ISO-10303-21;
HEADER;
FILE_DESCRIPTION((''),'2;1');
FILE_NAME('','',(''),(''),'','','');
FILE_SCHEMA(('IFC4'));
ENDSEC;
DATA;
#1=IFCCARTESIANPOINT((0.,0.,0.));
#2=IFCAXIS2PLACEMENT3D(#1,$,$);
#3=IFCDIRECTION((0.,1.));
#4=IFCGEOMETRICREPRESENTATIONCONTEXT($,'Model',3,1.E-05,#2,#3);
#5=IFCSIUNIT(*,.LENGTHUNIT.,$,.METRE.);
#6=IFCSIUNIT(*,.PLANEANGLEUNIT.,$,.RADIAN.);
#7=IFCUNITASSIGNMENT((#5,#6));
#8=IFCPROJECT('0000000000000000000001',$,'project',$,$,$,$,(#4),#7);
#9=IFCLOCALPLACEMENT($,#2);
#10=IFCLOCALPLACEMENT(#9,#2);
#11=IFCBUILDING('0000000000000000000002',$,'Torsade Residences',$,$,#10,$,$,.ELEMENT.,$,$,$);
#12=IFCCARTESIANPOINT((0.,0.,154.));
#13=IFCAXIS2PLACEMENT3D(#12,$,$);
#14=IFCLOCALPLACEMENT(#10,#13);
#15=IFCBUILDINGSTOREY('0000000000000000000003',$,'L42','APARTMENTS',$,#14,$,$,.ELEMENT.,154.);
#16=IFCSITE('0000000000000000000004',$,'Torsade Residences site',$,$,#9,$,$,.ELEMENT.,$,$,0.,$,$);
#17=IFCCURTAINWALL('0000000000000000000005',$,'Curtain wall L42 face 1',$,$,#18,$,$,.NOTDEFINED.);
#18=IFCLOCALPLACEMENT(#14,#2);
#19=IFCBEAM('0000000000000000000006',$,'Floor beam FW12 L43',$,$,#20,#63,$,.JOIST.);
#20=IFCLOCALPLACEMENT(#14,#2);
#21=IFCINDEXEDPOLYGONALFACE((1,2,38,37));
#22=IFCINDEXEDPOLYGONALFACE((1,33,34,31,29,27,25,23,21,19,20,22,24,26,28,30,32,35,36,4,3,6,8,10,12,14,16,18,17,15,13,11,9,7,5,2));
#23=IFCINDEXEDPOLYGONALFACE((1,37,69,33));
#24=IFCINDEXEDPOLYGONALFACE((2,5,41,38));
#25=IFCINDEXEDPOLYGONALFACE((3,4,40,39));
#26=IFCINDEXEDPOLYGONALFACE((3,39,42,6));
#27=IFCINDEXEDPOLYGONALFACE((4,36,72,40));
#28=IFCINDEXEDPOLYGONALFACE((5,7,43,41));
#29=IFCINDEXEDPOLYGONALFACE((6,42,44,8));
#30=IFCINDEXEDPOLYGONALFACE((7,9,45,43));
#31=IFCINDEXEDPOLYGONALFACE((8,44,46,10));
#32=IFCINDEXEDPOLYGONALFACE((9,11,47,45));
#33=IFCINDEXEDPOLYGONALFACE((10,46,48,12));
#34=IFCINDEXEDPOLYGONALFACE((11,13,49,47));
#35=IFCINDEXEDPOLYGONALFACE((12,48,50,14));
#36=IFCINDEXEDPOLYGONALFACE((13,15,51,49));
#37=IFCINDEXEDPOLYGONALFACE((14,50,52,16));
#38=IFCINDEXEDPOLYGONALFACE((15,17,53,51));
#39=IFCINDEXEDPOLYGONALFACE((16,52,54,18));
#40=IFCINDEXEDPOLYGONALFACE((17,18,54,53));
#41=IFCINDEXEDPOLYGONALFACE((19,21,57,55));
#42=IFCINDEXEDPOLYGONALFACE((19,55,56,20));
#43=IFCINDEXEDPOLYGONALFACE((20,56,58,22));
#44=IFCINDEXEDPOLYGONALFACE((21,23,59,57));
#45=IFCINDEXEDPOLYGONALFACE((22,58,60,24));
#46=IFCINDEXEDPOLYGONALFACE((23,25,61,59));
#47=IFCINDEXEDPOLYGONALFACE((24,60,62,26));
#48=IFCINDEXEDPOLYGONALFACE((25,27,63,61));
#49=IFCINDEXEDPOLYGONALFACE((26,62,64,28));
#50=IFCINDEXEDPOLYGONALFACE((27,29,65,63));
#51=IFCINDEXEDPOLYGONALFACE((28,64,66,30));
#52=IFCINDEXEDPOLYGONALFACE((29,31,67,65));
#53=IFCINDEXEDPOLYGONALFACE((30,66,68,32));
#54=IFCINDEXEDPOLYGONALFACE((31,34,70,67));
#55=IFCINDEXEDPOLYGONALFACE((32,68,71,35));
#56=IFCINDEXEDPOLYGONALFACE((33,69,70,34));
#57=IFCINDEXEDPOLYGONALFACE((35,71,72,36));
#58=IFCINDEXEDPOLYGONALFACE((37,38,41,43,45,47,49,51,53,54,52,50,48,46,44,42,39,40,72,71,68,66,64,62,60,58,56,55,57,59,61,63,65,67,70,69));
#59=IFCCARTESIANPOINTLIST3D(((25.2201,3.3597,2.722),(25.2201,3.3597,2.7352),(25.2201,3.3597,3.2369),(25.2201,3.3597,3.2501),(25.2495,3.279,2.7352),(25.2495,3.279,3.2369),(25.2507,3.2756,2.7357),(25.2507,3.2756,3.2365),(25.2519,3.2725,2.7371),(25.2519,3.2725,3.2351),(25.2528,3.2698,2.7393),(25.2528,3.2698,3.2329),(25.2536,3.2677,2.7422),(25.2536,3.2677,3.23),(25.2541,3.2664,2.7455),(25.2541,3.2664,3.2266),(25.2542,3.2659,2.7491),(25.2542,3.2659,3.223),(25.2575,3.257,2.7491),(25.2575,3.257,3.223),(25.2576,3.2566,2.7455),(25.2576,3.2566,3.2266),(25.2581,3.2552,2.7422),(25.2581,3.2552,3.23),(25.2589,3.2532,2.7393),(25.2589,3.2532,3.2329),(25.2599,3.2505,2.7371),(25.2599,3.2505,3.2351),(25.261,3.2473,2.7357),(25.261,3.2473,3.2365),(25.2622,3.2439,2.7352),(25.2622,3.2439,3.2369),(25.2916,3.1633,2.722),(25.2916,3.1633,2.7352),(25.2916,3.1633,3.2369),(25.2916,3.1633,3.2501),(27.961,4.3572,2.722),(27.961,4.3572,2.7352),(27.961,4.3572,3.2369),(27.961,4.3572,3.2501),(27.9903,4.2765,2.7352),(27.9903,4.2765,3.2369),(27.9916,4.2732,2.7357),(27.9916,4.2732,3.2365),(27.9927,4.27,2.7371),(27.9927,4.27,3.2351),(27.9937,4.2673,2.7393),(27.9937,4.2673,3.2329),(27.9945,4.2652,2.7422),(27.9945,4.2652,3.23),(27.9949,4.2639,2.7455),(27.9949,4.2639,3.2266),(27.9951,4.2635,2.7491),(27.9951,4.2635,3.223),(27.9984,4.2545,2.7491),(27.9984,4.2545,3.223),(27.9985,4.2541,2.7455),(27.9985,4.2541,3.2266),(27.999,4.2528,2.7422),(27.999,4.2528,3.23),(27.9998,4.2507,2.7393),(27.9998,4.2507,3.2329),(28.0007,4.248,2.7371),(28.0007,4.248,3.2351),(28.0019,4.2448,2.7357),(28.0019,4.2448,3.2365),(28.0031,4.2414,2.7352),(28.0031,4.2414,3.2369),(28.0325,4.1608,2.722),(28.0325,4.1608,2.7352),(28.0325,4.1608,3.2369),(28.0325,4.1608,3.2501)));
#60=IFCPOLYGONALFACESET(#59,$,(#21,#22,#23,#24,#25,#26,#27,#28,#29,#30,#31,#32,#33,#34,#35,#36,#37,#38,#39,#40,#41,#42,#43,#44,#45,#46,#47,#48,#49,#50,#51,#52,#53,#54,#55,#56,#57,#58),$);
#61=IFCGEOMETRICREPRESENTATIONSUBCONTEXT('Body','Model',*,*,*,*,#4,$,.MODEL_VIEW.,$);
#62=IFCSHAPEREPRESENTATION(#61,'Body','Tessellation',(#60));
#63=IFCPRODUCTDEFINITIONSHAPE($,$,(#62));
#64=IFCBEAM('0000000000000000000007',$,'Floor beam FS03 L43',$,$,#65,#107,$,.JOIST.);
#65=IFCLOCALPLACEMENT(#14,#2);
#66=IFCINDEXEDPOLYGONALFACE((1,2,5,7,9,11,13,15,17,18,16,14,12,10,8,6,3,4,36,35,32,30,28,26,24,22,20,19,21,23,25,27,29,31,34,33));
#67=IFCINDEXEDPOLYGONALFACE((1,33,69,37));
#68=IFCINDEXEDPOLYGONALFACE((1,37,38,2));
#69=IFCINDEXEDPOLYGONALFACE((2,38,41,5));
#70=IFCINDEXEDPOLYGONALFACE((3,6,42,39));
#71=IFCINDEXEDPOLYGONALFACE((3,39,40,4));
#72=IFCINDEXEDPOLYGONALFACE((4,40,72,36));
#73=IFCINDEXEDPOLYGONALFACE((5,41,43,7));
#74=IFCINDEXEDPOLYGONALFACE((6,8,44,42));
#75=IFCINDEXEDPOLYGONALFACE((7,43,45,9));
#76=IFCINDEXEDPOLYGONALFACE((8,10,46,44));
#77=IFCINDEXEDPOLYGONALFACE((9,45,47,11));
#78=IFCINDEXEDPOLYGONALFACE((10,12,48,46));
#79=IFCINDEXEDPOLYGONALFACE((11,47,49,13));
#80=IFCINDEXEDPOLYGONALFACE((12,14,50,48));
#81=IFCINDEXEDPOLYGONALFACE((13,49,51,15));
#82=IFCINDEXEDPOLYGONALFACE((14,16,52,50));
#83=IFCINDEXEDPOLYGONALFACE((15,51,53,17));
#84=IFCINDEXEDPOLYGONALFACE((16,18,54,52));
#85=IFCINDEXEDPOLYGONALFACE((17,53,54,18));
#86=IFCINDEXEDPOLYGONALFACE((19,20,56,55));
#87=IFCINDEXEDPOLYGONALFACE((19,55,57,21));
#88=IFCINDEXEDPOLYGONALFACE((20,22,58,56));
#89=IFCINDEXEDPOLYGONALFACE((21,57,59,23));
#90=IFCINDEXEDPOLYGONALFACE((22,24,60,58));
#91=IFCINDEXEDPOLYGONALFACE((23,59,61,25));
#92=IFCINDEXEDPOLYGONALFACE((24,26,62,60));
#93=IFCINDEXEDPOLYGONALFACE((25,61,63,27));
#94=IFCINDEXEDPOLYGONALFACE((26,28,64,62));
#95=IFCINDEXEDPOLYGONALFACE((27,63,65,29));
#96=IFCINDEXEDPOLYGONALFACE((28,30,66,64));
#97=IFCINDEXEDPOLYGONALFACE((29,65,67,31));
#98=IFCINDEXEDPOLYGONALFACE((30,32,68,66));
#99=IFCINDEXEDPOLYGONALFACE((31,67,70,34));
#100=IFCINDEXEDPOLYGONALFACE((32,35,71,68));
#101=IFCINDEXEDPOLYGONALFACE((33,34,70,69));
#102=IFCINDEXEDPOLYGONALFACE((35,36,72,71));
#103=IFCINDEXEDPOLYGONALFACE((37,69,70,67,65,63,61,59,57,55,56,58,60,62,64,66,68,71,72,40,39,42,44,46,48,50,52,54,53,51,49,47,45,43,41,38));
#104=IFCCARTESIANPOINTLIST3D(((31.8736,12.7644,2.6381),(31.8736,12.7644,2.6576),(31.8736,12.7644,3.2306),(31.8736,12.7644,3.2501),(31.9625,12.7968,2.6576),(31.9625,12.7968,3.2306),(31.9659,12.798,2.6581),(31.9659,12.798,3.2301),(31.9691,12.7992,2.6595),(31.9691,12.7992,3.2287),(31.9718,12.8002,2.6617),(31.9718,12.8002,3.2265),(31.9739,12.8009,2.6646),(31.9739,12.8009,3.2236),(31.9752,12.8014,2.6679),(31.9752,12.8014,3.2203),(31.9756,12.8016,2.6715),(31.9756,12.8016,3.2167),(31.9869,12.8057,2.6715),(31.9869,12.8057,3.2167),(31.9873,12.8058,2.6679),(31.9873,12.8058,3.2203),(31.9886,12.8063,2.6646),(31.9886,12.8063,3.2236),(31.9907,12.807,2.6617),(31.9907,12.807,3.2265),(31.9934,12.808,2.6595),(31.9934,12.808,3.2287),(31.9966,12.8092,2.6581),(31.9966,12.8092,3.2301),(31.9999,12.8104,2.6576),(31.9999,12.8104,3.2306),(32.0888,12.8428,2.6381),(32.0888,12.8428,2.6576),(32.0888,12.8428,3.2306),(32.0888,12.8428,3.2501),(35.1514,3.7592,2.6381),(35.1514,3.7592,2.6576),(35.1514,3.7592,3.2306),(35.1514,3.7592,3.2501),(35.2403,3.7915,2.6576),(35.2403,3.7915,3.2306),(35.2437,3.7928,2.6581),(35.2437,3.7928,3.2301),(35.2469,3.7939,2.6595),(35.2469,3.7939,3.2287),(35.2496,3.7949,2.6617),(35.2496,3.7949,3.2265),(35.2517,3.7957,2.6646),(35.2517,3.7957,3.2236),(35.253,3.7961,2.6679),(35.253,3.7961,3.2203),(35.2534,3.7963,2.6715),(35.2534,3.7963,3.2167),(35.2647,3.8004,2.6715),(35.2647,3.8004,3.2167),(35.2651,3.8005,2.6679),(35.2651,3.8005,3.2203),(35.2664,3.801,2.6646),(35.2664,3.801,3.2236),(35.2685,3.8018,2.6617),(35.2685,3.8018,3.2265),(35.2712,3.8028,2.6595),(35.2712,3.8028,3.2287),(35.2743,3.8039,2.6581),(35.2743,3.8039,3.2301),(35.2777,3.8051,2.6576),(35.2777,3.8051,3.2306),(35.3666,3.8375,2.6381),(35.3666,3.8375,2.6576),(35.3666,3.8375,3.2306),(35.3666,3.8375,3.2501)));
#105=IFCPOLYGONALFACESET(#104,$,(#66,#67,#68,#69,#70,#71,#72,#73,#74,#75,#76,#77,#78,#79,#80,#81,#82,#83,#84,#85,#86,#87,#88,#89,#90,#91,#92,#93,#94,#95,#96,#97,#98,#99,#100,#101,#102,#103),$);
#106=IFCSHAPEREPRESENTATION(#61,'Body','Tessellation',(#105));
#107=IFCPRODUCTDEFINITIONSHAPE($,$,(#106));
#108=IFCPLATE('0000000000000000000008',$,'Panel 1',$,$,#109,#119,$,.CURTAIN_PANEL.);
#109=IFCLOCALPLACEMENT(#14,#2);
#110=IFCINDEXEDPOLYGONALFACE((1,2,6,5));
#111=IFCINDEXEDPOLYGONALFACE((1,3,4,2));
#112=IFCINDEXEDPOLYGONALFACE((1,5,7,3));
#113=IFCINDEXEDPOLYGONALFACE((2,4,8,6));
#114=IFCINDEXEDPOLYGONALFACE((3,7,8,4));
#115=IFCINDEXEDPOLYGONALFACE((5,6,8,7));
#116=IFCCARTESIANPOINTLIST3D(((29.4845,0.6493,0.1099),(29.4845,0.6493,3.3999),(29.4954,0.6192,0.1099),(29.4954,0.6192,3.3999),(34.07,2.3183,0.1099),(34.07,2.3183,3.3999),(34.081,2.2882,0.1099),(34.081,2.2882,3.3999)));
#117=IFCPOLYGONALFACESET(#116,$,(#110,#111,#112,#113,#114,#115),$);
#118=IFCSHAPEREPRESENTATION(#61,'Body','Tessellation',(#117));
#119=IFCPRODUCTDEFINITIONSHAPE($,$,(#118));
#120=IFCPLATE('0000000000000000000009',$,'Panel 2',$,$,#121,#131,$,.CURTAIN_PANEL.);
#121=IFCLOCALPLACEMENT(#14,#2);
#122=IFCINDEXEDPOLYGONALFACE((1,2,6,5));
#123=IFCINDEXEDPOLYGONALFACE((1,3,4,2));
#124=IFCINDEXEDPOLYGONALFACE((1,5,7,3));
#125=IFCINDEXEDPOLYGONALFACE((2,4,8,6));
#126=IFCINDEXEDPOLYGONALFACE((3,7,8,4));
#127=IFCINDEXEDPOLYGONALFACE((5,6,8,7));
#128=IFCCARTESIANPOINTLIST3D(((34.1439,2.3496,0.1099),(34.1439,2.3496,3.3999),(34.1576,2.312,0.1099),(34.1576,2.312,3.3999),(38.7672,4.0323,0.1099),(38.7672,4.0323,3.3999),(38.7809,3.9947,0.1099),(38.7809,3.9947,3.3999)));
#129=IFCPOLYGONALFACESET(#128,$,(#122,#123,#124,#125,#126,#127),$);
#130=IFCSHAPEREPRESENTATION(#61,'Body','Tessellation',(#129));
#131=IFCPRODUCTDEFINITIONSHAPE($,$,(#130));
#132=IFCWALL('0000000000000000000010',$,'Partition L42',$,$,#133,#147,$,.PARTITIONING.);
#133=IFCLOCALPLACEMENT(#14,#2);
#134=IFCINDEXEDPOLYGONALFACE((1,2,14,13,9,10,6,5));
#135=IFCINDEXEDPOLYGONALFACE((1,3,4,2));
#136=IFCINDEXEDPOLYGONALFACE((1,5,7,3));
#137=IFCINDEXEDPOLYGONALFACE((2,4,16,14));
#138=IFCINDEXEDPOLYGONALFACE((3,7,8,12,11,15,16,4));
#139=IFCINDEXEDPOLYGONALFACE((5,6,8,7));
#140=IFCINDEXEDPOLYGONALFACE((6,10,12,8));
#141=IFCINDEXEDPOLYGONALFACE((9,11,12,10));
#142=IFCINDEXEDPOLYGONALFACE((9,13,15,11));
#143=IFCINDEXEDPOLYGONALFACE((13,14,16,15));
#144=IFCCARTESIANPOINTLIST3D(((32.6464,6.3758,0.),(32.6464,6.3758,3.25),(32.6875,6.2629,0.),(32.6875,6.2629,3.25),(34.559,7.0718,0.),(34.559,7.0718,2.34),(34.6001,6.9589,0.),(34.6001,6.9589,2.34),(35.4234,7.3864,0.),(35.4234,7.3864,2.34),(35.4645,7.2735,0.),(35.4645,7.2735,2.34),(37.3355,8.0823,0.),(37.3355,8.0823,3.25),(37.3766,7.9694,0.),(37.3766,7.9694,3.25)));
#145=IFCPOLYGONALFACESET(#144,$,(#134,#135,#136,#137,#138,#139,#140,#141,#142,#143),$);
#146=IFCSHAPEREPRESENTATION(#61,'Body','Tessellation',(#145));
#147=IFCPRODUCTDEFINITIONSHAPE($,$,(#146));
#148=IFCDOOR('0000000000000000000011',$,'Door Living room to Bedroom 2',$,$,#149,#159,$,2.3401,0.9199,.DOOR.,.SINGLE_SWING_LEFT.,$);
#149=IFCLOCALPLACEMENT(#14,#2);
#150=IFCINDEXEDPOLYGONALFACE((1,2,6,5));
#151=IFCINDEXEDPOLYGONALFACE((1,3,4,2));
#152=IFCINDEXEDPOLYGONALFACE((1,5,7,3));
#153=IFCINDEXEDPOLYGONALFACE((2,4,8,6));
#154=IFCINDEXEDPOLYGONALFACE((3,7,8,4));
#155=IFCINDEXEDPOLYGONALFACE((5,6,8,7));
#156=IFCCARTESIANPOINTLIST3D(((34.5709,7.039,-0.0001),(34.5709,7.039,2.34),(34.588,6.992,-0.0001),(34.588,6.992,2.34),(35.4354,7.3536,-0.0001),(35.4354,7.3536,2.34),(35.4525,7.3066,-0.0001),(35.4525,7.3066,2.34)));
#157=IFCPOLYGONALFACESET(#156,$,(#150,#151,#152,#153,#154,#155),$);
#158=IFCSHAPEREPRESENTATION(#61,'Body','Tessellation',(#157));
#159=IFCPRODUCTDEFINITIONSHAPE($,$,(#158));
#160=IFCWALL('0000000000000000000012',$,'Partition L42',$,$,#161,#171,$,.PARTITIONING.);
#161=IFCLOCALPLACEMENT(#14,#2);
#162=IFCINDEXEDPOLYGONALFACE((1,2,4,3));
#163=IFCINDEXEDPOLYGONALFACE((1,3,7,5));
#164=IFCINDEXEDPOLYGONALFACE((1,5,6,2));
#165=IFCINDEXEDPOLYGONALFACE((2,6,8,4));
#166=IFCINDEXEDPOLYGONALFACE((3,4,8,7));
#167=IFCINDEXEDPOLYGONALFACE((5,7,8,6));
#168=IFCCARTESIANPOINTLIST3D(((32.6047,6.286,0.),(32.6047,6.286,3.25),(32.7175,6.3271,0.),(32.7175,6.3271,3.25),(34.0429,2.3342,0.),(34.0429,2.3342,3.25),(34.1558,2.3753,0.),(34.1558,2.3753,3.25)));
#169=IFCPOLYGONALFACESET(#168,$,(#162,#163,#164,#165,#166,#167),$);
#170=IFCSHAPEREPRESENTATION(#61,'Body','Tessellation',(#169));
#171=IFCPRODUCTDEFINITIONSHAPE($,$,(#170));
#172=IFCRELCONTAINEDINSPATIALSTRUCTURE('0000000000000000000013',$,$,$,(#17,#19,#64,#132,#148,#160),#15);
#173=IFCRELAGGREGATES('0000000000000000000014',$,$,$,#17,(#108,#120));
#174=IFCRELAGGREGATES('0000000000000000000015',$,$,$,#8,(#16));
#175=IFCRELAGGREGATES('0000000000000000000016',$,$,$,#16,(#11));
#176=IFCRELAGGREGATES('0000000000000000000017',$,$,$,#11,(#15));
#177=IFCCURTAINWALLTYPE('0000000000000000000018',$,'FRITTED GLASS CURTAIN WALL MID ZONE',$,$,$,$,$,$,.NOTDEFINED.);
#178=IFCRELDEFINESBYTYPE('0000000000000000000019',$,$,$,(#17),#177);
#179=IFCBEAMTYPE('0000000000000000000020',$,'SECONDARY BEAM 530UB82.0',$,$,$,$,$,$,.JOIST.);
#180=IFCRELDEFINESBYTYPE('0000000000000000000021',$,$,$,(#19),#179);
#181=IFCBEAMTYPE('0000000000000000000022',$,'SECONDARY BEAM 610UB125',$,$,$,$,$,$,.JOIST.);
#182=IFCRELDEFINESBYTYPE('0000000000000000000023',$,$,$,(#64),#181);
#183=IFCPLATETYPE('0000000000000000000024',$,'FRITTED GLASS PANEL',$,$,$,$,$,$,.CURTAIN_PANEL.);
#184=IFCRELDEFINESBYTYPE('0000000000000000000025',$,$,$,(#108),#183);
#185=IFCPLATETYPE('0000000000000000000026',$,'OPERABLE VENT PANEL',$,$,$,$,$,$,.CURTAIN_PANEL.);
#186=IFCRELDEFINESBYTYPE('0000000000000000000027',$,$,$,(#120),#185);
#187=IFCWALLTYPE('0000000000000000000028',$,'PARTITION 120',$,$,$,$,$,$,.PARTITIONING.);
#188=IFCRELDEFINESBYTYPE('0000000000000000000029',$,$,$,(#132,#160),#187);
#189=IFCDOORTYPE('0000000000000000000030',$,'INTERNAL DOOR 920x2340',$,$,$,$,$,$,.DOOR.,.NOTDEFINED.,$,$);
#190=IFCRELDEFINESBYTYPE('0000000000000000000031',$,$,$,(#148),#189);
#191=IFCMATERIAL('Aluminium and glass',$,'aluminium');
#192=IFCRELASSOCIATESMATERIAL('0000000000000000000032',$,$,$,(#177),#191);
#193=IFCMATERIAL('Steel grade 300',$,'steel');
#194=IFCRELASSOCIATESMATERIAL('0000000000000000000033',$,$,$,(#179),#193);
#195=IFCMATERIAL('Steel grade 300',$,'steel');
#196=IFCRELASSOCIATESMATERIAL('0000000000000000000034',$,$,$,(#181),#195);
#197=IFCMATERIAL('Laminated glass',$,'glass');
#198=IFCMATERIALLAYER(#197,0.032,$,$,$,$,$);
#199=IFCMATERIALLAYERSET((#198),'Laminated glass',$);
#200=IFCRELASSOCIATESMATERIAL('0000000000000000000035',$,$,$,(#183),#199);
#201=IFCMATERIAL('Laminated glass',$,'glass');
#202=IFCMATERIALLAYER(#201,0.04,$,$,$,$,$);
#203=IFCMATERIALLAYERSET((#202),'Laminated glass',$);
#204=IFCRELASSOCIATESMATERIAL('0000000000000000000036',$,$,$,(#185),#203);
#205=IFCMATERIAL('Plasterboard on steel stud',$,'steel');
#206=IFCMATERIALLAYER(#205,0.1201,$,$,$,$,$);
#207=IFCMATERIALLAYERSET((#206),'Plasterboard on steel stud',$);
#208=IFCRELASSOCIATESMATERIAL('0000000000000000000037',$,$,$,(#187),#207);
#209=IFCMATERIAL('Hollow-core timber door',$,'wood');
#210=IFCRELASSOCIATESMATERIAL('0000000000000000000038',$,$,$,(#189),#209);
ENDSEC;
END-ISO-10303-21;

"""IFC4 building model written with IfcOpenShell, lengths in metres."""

from ifc_helpers import new_model, si_unit, direction, frame, frame_2d, origin, origin_2d, place, context, subcontext, project, spatial, rectangle, i_section, extrude, material, layer, layer_set, material_profile, profile_set, type_object, element, fill, aggregate, save


model = new_model("IFC4")

# Units and contexts
model_context = context("Model", 3, precision=1e-05, world=origin(), true_north=direction((0.0, 1.0)))
body_context = subcontext(model_context, "Body", "Model", "MODEL_VIEW")
ifc_project = project(units=[si_unit("LENGTHUNIT", "METRE"), si_unit("PLANEANGLEUNIT", "RADIAN")], contexts=[model_context])

# Site, building, storey
site_placement = place(None, origin())
site = spatial("IfcSite", under=ifc_project, at=site_placement, Name="Torsade Residences site", CompositionType="ELEMENT", RefElevation=0.0)
building_placement = place(site_placement, origin())
building = spatial("IfcBuilding", under=site, at=building_placement, Name="Torsade Residences", CompositionType="ELEMENT")
storey_placement = place(building_placement, frame((0.0, 0.0, 154.0)))
storey = spatial("IfcBuildingStorey", under=building, at=storey_placement, Name="L42", Description="APARTMENTS", CompositionType="ELEMENT", Elevation=154.0)

# Curtain wall
ifc_material_1 = material(Name="Aluminium and glass", Category="aluminium")
curtain_wall_type = type_object("IfcCurtainWallType", Name="FRITTED GLASS CURTAIN WALL MID ZONE", PredefinedType="NOTDEFINED", material=ifc_material_1)
curtain_wall_placement = place(storey_placement, origin())
curtain_wall = element("IfcCurtainWall", 1, at=curtain_wall_placement, inside=storey, type_object=curtain_wall_type, Name="Curtain wall L42 face 1", PredefinedType="NOTDEFINED")

# Beams
ifc_material_2 = material(Name="Steel grade 300", Category="steel")
ifc_material_profile_1 = material_profile(ifc_material_2, i_section(OverallWidth=0.209, OverallDepth=0.5281, WebThickness=0.0095, FlangeThickness=0.0132, FilletRadius=0.0139, at=origin_2d()), Name="530UB82.0")
ifc_profile_set_1 = profile_set([ifc_material_profile_1], Name="Steel grade 300")
beam_type_1 = type_object("IfcBeamType", Name="SECONDARY BEAM 530UB82.0", PredefinedType="JOIST", material=ifc_profile_set_1)
beam_1_placement = place(storey_placement, frame((25.2559, 3.2615, 2.9861), z_axis=(0.939701, 0.341998, 0.0), x_axis=(-0.341998, 0.939701, 0.0)))
element("IfcBeam", 2, at=beam_1_placement, inside=storey, type_object=beam_type_1, Name="Floor beam FW12 L43", PredefinedType="JOIST", context=body_context, shape_type="SweptSolid", body=[
    extrude(i_section(OverallWidth=0.209, OverallDepth=0.5281, WebThickness=0.0095, FlangeThickness=0.0132, FilletRadius=0.0139, at=origin_2d()), origin(), (0.0, 0.0, 1.0), 2.9167),
])
ifc_material_3 = material(Name="Steel grade 300", Category="steel")
ifc_material_profile_2 = material_profile(ifc_material_3, i_section(OverallWidth=0.229, OverallDepth=0.6121, WebThickness=0.012, FlangeThickness=0.0195, FilletRadius=0.0139, at=origin_2d()), Name="610UB125")
ifc_profile_set_2 = profile_set([ifc_material_profile_2], Name="Steel grade 300")
beam_type_2 = type_object("IfcBeamType", Name="SECONDARY BEAM 610UB125", PredefinedType="JOIST", material=ifc_profile_set_2)
beam_2_placement = place(storey_placement, frame((35.259, 3.7983, 2.9441), z_axis=(-0.342034, 0.939688, 0.0), x_axis=(-0.939688, -0.342034, 0.0)))
element("IfcBeam", 3, at=beam_2_placement, inside=storey, type_object=beam_type_2, Name="Floor beam FS03 L43", PredefinedType="JOIST", context=body_context, shape_type="SweptSolid", body=[
    extrude(i_section(OverallWidth=0.229, OverallDepth=0.6121, WebThickness=0.012, FlangeThickness=0.0195, FilletRadius=0.0139, at=origin_2d()), origin(), (0.0, 0.0, 1.0), 9.5833),
])

# Plates
ifc_material_4 = material(Name="Laminated glass", Category="glass")
ifc_layer_1 = layer(ifc_material_4, 0.032)
ifc_layer_set_1 = layer_set([ifc_layer_1], Name="Laminated glass")
plate_type_1 = type_object("IfcPlateType", Name="FRITTED GLASS PANEL", PredefinedType="CURTAIN_PANEL", material=ifc_layer_set_1)
plate_1_placement = place(storey_placement, frame((31.7827, 1.4688, 0.1099), z_axis=(0.0, 0.0, 1.0), x_axis=(0.939693, 0.34202, 0.0)))
plate_1 = element("IfcPlate", 4, at=plate_1_placement, type_object=plate_type_1, Name="Panel 1", PredefinedType="CURTAIN_PANEL", context=body_context, shape_type="SweptSolid", body=[
    extrude(rectangle(XDim=4.8799, YDim=0.032, at=origin_2d()), origin(), (0.0, 0.0, 1.0), 3.29),
])
ifc_material_5 = material(Name="Laminated glass", Category="glass")
ifc_layer_2 = layer(ifc_material_5, 0.04)
ifc_layer_set_2 = layer_set([ifc_layer_2], Name="Laminated glass")
plate_type_2 = type_object("IfcPlateType", Name="OPERABLE VENT PANEL", PredefinedType="CURTAIN_PANEL", material=ifc_layer_set_2)
plate_2_placement = place(storey_placement, frame((36.4624, 3.1721, 0.1099), z_axis=(0.0, 0.0, 1.0), x_axis=(0.939693, 0.34202, 0.0)))
plate_2 = element("IfcPlate", 5, at=plate_2_placement, type_object=plate_type_2, Name="Panel 2", PredefinedType="CURTAIN_PANEL", context=body_context, shape_type="SweptSolid", body=[
    extrude(rectangle(XDim=4.9199, YDim=0.04, at=origin_2d()), origin(), (0.0, 0.0, 1.0), 3.29),
])
aggregate(curtain_wall, [plate_1, plate_2])

# Wall, opening, door
ifc_material_6 = material(Name="Plasterboard on steel stud", Category="steel")
ifc_layer_3 = layer(ifc_material_6, 0.1201)
ifc_layer_set_3 = layer_set([ifc_layer_3], Name="Plasterboard on steel stud")
wall_type_1 = type_object("IfcWallType", Name="PARTITION 120", PredefinedType="PARTITIONING", material=ifc_layer_set_3)
wall_1_placement = place(storey_placement, frame((37.3562, 8.0259, 0.0), z_axis=(0.0, 0.0, 1.0), x_axis=(-0.939705, -0.341987, 0.0)))
wall_1 = element("IfcWall", 6, at=wall_1_placement, inside=storey, type_object=wall_type_1, Name="Partition L42", PredefinedType="PARTITIONING", context=body_context, shape_type="SweptSolid", body=[
    extrude(rectangle(XDim=4.99, YDim=0.1201, at=frame_2d((2.4951, 0.0))), origin(), (0.0, 0.0, 1.0), 3.25),
])
opening_1_placement = place(wall_1_placement, frame((2.0349, 0.0, 0.0)))
opening_1 = element("IfcOpeningElement", 7, at=opening_1_placement, cuts=wall_1, PredefinedType="OPENING", context=body_context, shape_type="SweptSolid", body=[
    extrude(rectangle(XDim=0.9199, YDim=2.3401, at=frame_2d((0.46, 1.1699))), frame((0.0, 0.0701, 0.0), z_axis=(0.0, -1.0, 0.0), x_axis=(1.0, 0.0, 0.0)), (0.0, 0.0, 1.0), 0.1401),
])
ifc_material_7 = material(Name="Hollow-core timber door", Category="wood")
door_type_1 = type_object("IfcDoorType", Name="INTERNAL DOOR 920x2340", OperationType="NOTDEFINED", PredefinedType="DOOR", material=ifc_material_7)
door_1_placement = place(opening_1_placement, origin())
door_1 = element("IfcDoor", 8, at=door_1_placement, inside=storey, type_object=door_type_1, Name="Door Living room to Bedroom 2", OperationType="SINGLE_SWING_LEFT", OverallHeight=2.3401, OverallWidth=0.9199, PredefinedType="DOOR", context=body_context, shape_type="SweptSolid", body=[
    extrude(rectangle(XDim=0.9199, YDim=2.3401, at=frame_2d((0.46, 1.1699))), frame((0.0, 0.0249, 0.0), z_axis=(0.0, -1.0, 0.0), x_axis=(1.0, 0.0, 0.0)), (0.0, 0.0, 1.0), 0.05),
])
fill(opening_1, door_1)

# Wall
wall_2_placement = place(storey_placement, frame((32.6611, 6.3064, 0.0), z_axis=(0.0, 0.0, 1.0), x_axis=(0.342009, -0.939697, 0.0)))
element("IfcWall", 9, at=wall_2_placement, inside=storey, type_object=wall_type_1, Name="Partition L42", PredefinedType="PARTITIONING", context=body_context, shape_type="SweptSolid", body=[
    extrude(rectangle(XDim=4.2053, YDim=0.1201, at=frame_2d((2.1025, 0.0))), origin(), (0.0, 0.0, 1.0), 3.25),
])

save(model, "model.ifc")
